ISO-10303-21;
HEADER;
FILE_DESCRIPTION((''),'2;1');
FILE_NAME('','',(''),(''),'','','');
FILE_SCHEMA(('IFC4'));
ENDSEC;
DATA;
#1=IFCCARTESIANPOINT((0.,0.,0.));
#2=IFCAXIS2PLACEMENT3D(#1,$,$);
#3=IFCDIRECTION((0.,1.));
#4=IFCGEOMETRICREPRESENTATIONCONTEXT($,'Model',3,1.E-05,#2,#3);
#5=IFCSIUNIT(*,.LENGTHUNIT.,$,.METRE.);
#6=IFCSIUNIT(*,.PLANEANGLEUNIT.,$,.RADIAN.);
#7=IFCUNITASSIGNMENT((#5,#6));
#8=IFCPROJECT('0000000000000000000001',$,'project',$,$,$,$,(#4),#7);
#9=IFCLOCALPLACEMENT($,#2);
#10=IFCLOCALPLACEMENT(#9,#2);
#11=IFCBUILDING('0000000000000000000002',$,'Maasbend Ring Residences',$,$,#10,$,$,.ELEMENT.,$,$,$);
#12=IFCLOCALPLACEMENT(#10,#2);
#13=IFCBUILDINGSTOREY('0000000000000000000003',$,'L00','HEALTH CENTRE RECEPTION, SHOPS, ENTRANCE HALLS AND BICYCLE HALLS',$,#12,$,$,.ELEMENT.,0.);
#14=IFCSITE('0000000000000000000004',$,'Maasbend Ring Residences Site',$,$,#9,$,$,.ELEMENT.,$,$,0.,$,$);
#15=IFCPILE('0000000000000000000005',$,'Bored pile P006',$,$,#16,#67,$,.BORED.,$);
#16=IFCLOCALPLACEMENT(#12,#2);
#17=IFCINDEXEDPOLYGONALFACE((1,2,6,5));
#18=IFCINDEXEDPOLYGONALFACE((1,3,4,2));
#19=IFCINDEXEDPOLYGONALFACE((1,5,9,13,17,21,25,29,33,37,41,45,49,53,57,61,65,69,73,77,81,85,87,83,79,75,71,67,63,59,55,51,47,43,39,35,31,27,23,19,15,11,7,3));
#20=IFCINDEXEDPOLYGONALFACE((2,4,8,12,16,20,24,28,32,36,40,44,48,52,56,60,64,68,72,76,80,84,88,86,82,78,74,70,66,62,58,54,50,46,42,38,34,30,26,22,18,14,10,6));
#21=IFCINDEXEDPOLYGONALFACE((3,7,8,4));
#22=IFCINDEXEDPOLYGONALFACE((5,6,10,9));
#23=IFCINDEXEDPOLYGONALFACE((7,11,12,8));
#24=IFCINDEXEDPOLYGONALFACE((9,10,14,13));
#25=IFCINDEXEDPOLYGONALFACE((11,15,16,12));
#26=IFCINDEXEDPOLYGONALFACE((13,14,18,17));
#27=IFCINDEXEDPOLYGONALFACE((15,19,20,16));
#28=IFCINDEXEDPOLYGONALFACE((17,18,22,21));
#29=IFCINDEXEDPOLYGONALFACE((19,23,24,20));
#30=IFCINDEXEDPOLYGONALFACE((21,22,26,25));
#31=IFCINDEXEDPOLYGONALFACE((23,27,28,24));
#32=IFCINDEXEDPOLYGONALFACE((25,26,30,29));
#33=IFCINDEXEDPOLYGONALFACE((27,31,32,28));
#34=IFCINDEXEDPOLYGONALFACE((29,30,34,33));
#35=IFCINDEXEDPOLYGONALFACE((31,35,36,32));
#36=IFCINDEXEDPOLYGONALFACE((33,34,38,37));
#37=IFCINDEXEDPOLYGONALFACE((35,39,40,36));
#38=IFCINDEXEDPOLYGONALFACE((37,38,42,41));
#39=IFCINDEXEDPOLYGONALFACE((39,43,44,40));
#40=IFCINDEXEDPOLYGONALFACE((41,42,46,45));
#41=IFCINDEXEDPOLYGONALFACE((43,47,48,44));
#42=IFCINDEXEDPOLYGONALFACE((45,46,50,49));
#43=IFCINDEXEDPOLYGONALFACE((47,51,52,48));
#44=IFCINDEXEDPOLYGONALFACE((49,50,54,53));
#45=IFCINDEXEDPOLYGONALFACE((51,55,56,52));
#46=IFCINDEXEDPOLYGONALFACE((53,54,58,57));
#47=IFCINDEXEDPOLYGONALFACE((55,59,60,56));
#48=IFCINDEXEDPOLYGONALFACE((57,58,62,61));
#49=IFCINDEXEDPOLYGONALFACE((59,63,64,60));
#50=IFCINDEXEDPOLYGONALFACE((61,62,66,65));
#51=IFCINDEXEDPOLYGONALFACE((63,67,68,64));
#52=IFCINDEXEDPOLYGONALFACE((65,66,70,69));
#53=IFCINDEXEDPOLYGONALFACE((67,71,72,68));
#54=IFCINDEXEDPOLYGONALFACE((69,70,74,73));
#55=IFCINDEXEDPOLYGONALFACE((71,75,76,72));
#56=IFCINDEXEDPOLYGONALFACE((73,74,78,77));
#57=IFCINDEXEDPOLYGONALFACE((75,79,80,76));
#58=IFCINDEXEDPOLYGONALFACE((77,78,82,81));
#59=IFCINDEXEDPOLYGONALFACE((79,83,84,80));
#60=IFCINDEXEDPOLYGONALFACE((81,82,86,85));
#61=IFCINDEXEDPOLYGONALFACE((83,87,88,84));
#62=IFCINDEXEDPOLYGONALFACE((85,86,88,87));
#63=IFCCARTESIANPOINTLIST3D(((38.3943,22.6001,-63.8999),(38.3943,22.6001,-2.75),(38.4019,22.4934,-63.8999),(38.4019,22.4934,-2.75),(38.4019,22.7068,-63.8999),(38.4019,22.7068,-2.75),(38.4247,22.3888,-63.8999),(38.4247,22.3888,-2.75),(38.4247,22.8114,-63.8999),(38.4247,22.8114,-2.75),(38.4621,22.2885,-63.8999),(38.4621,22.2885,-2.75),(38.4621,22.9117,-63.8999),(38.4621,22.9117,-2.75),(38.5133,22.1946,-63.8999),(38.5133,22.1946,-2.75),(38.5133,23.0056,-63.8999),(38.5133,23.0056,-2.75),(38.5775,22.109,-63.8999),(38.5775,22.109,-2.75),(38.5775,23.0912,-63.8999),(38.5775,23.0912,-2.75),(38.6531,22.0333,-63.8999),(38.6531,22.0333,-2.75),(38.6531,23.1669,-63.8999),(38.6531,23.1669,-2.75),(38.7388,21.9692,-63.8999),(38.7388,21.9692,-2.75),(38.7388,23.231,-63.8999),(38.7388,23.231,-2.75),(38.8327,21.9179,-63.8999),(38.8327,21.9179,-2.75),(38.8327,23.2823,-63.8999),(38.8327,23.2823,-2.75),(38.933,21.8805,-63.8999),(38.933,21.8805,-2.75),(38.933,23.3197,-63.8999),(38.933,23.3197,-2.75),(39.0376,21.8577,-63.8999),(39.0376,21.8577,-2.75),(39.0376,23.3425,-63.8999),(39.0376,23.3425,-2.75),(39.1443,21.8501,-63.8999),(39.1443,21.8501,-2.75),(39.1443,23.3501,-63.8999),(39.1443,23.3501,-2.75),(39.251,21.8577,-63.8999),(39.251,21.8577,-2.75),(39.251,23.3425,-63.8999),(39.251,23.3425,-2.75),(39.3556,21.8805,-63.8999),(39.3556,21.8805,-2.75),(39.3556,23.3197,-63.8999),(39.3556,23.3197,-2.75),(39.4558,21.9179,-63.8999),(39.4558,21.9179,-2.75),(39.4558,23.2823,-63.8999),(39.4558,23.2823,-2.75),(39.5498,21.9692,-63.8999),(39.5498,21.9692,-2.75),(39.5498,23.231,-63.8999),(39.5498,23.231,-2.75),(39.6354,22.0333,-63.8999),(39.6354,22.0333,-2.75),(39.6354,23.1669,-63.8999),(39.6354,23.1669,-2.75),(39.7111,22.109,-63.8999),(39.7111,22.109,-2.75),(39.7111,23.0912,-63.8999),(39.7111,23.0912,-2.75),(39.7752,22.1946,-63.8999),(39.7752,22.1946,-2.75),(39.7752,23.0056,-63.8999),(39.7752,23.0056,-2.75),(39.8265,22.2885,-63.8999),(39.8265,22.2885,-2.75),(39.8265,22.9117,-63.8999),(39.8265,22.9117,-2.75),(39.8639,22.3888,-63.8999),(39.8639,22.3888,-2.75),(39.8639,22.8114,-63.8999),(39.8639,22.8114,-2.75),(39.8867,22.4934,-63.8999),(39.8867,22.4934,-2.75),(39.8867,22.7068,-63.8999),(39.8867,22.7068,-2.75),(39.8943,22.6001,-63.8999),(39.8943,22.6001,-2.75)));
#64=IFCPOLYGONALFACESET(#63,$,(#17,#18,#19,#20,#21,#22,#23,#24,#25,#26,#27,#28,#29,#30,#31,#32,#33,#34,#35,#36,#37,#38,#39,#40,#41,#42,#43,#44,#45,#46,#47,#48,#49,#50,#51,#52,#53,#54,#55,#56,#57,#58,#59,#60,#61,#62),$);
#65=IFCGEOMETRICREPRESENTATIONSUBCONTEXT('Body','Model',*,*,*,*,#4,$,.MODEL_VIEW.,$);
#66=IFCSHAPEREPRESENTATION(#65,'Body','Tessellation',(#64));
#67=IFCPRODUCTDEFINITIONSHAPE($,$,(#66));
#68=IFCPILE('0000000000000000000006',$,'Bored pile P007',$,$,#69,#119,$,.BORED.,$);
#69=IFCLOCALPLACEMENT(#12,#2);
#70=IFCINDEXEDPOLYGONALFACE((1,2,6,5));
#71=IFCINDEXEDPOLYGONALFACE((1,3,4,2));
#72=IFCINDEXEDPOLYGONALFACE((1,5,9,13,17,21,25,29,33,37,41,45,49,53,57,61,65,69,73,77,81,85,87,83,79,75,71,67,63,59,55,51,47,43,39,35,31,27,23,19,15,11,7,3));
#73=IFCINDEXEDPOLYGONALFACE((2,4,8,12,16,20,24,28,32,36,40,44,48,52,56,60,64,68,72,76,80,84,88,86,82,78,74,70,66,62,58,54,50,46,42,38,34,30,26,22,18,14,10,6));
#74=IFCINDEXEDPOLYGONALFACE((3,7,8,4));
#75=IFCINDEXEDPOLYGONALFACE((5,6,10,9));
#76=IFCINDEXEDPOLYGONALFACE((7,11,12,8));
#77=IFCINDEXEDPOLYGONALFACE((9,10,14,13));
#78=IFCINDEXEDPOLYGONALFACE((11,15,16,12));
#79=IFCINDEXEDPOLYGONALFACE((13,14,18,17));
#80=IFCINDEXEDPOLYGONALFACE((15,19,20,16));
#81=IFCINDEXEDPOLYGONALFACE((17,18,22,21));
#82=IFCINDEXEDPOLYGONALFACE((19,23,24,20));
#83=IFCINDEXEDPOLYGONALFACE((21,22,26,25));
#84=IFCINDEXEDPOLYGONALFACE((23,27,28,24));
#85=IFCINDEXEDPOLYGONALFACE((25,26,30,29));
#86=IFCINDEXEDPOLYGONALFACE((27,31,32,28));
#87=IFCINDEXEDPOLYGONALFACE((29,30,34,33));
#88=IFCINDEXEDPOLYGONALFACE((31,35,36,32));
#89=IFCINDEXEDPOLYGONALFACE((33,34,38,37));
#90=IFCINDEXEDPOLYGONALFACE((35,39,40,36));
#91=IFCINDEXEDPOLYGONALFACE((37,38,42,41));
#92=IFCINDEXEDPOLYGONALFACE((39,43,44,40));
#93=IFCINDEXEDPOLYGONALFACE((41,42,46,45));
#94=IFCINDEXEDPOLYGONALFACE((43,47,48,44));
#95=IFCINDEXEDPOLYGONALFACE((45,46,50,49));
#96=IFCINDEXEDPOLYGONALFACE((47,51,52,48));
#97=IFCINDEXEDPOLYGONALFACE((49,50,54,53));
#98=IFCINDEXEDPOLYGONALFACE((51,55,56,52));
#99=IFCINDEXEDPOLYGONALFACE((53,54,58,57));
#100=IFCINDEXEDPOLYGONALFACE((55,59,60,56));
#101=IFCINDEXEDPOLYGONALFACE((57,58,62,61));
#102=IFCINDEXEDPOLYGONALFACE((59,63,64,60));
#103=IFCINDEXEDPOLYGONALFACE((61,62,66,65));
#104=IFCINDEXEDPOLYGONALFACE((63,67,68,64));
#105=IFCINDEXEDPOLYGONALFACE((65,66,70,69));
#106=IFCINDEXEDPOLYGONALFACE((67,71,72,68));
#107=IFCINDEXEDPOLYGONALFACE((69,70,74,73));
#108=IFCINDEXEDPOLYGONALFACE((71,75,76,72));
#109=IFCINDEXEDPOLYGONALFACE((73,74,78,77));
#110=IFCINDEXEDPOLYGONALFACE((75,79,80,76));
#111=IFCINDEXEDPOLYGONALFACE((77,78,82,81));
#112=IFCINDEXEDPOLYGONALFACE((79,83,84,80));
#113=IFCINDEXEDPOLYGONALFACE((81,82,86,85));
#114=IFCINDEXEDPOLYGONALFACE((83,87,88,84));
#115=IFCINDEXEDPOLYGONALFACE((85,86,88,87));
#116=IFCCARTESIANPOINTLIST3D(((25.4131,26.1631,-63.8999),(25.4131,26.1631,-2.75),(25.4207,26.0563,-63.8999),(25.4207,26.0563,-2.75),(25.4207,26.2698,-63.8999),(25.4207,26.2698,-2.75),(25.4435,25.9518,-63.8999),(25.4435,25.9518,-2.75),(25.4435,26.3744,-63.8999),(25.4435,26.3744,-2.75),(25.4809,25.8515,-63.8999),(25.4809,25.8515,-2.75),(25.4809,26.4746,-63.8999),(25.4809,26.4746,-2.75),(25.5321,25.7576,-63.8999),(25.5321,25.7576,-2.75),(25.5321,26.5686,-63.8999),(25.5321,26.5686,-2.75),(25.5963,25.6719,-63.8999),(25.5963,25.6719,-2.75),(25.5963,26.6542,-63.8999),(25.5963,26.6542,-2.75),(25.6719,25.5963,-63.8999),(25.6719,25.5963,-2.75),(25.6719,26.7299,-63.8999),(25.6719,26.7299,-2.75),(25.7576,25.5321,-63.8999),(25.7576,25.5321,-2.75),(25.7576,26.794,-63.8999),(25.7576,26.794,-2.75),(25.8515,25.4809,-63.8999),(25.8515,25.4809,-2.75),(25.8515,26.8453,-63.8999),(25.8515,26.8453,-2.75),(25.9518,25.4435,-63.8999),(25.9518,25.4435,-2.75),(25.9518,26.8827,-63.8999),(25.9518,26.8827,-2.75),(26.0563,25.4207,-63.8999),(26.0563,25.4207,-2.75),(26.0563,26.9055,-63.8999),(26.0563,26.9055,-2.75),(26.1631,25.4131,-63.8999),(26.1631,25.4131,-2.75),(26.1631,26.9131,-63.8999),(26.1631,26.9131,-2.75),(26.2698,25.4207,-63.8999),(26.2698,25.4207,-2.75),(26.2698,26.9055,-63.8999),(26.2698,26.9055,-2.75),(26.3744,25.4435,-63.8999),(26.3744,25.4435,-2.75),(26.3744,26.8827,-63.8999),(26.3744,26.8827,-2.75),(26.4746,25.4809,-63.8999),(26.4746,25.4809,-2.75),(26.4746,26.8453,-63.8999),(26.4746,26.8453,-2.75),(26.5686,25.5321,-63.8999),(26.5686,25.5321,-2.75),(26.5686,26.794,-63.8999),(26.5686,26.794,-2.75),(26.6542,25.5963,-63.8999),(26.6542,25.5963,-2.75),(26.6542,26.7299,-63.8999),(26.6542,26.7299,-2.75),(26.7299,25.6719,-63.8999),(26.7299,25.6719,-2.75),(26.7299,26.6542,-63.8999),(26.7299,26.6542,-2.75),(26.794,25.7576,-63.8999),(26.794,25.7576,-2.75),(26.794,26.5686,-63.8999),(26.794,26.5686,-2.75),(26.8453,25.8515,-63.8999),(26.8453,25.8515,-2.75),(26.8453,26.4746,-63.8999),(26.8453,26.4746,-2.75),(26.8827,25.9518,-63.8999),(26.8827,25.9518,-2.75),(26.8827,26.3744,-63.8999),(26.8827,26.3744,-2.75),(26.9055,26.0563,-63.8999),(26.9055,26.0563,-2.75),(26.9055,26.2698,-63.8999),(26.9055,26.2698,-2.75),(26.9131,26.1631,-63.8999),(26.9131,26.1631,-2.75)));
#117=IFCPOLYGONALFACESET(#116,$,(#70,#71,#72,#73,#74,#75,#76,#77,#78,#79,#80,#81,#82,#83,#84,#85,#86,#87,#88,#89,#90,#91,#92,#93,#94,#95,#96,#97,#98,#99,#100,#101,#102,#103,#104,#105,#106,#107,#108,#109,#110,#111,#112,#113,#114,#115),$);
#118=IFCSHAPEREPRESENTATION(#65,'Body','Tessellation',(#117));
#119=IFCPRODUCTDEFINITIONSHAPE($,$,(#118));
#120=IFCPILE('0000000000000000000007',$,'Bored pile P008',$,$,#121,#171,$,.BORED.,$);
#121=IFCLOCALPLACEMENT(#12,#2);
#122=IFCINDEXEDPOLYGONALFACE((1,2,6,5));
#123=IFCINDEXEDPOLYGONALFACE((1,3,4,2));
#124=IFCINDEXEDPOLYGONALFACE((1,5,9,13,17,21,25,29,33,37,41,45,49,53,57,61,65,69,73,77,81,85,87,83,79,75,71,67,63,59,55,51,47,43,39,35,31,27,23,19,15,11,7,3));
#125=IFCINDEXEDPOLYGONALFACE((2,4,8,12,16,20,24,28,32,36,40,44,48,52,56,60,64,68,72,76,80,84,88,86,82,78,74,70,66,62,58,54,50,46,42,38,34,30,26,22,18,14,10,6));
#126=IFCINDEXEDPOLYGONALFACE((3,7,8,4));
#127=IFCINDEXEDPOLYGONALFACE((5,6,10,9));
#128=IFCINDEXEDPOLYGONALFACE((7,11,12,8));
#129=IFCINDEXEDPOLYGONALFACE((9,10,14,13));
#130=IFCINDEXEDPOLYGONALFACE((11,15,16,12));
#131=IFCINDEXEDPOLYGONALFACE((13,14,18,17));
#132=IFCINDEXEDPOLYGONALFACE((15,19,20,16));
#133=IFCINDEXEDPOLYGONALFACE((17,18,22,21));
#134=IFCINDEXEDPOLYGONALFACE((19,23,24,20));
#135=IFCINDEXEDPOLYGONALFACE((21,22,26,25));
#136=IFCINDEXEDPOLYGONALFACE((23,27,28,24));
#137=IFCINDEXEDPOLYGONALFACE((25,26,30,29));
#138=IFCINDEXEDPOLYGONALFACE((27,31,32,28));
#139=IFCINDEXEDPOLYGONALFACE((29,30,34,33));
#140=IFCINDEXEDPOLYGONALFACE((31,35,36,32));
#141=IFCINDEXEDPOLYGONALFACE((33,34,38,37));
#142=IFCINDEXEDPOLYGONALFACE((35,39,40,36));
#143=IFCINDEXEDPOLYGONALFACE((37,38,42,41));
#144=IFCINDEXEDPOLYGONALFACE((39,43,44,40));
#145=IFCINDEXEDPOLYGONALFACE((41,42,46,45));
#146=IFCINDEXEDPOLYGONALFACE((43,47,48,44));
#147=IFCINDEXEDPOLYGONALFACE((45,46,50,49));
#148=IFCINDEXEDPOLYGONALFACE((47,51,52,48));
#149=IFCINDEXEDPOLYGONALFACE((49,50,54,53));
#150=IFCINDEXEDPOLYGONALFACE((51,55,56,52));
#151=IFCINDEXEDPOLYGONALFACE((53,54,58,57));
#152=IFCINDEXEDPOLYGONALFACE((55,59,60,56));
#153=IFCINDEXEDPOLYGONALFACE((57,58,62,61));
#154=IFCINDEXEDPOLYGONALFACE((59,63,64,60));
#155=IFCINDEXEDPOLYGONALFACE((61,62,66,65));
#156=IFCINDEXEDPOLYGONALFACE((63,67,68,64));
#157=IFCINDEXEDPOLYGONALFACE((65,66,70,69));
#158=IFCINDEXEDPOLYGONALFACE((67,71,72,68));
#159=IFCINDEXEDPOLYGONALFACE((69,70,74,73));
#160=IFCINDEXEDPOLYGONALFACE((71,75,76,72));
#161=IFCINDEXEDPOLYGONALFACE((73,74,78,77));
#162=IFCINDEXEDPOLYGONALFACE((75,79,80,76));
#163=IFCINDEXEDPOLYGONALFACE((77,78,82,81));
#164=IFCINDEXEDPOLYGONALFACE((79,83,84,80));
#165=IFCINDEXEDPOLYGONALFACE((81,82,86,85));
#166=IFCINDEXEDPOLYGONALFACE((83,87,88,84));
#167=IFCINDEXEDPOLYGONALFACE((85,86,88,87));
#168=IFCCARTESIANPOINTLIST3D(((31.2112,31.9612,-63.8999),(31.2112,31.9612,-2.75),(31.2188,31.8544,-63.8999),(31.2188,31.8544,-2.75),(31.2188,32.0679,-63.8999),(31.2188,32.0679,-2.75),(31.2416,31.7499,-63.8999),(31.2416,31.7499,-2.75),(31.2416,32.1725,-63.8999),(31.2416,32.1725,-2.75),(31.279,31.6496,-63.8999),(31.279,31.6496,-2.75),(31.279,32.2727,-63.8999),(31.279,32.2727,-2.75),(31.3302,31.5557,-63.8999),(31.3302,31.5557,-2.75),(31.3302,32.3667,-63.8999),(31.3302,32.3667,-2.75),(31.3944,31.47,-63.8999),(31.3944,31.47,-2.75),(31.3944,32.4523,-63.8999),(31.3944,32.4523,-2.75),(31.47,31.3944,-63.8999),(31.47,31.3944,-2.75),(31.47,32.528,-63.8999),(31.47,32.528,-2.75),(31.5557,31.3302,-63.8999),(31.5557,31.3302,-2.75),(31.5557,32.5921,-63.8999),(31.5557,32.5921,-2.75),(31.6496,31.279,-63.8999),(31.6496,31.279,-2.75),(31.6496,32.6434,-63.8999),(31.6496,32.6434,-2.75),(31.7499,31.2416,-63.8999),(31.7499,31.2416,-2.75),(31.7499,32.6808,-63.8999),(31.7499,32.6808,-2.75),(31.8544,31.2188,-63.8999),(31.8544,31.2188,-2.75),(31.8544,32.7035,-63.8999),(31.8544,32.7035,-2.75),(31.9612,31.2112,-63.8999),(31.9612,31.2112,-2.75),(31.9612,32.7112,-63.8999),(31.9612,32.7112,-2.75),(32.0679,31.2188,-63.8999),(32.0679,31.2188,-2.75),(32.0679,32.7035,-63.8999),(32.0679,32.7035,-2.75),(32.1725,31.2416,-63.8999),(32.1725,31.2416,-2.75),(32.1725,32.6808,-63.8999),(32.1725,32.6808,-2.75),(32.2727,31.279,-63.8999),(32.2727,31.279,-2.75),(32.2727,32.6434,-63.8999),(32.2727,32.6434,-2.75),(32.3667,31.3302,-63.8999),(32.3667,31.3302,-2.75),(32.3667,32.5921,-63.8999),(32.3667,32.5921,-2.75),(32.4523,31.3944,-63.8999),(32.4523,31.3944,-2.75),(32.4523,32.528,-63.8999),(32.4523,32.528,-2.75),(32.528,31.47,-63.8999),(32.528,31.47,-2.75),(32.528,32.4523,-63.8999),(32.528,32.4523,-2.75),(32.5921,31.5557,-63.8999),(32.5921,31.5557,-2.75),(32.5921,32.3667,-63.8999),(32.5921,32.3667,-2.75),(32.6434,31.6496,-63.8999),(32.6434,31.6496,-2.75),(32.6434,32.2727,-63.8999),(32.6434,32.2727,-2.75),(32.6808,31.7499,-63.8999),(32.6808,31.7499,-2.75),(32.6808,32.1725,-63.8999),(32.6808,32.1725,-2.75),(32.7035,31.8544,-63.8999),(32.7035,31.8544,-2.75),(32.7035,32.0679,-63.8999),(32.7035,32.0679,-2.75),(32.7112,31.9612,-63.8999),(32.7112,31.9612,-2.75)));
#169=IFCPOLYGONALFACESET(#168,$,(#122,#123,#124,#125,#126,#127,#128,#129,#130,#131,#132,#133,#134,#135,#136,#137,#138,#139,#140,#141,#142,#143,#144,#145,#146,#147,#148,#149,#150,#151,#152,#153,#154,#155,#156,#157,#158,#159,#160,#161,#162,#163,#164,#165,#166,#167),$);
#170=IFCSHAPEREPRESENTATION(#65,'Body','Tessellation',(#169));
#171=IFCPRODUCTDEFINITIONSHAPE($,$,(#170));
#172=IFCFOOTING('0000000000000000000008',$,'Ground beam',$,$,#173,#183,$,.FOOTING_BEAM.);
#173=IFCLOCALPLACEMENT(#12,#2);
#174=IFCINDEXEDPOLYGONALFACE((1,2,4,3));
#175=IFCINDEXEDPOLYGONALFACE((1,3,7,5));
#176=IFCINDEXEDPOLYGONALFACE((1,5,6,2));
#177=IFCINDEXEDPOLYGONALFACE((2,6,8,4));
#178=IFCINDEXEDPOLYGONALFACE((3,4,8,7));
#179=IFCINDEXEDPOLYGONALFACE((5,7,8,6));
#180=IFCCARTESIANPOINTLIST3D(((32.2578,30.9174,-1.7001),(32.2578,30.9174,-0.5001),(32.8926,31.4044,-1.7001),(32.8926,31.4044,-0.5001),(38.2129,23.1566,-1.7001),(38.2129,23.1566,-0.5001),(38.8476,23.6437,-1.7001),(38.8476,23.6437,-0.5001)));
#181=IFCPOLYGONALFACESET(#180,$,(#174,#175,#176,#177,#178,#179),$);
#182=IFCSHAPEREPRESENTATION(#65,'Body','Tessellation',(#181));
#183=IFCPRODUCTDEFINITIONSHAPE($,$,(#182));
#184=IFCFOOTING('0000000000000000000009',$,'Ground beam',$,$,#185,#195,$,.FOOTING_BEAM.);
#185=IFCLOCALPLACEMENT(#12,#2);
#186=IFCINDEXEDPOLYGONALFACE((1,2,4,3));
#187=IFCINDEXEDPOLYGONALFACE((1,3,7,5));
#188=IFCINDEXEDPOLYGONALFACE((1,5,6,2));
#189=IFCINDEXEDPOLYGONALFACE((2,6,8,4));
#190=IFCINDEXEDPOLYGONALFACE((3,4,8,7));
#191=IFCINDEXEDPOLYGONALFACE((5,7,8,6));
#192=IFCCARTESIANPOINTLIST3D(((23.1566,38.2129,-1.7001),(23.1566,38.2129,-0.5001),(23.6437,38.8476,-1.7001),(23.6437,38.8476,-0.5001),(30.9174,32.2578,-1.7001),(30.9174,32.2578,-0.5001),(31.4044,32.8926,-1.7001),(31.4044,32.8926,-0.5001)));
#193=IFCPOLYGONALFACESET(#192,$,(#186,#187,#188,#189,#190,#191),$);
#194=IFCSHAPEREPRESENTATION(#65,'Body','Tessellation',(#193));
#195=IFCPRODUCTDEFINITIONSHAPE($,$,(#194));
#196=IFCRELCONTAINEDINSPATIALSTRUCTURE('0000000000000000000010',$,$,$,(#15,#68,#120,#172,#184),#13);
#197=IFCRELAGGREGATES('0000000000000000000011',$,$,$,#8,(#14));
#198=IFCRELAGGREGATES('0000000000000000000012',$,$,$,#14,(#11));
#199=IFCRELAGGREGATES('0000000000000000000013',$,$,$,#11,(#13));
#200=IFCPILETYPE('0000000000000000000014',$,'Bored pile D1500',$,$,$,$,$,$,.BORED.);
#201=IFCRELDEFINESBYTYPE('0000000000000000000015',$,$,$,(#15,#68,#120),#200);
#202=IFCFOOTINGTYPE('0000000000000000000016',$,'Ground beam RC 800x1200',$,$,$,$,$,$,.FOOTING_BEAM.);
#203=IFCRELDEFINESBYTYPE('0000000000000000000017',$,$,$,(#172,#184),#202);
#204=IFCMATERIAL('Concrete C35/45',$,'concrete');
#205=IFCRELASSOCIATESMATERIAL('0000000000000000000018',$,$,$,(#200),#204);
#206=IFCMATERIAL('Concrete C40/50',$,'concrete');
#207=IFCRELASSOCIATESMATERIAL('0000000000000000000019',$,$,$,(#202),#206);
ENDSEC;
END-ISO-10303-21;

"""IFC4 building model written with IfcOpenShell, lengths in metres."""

from ifc_helpers import new_model, si_unit, direction, frame, origin, origin_2d, place, context, subcontext, project, spatial, rectangle, circle, extrude, material, material_profile, profile_set, type_object, element, save


model = new_model("IFC4")

# Units and contexts
model_context = context("Model", 3, precision=1e-05, world=origin(), true_north=direction((0.0, 1.0)))
body_context = subcontext(model_context, "Body", "Model", "MODEL_VIEW")
ifc_project = project(units=[si_unit("LENGTHUNIT", "METRE"), si_unit("PLANEANGLEUNIT", "RADIAN")], contexts=[model_context])

# Site, building, storey
site_placement = place(None, origin())
site = spatial("IfcSite", under=ifc_project, at=site_placement, Name="Maasbend Ring Residences Site", CompositionType="ELEMENT", RefElevation=0.0)
building_placement = place(site_placement, origin())
building = spatial("IfcBuilding", under=site, at=building_placement, Name="Maasbend Ring Residences", CompositionType="ELEMENT")
storey_placement = place(building_placement, origin())
storey = spatial("IfcBuildingStorey", under=building, at=storey_placement, Name="L00", Description="HEALTH CENTRE RECEPTION, SHOPS, ENTRANCE HALLS AND BICYCLE HALLS", CompositionType="ELEMENT", Elevation=0.0)

# Piles
ifc_material_1 = material(Name="Concrete C35/45", Category="concrete")
ifc_material_profile_1 = material_profile(ifc_material_1, circle(Radius=0.75, at=origin_2d()), Name="Bored pile D1500")
ifc_profile_set_1 = profile_set([ifc_material_profile_1], Name="Concrete C35/45")
pile_type = type_object("IfcPileType", Name="Bored pile D1500", PredefinedType="BORED", material=ifc_profile_set_1)
for number, where, z_axis, x_axis, name in (
    (1, (39.1443, 22.6001, -2.75), (0.0, 0.0, -1.0), (1.0, 0.0, 0.0), "Bored pile P006"),
    (2, (26.1631, 26.1631, -2.75), (0.0, 0.0, -1.0), (1.0, 0.0, 0.0), "Bored pile P007"),
    (3, (31.9612, 31.9612, -2.75), (0.0, 0.0, -1.0), (1.0, 0.0, 0.0), "Bored pile P008"),
):
    element("IfcPile", number, at=place(storey_placement, frame(where, z_axis=z_axis, x_axis=x_axis)), inside=storey, type_object=pile_type, Name=name, PredefinedType="BORED", context=body_context, shape_type="SweptSolid", body=[
        extrude(circle(Radius=0.75, at=origin_2d()), origin(), (0.0, 0.0, 1.0), 61.1499),
    ])

# Footings
ifc_material_2 = material(Name="Concrete C40/50", Category="concrete")
ifc_material_profile_2 = material_profile(ifc_material_2, rectangle(XDim=0.8, YDim=1.2, at=origin_2d()), Name="Ground beam RC 800x1200")
ifc_profile_set_2 = profile_set([ifc_material_profile_2], Name="Concrete C40/50")
footing_type = type_object("IfcFootingType", Name="Ground beam RC 800x1200", PredefinedType="FOOTING_BEAM", material=ifc_profile_set_2)
for number, where, z_axis, x_axis, name in (
    (4, (38.5303, 23.4001, -1.1001), (-0.608765, 0.793351, 0.0), (-0.793351, -0.608765, 0.0), "Ground beam"),
    (5, (31.1609, 32.5752, -1.1001), (-0.793351, 0.608765, 0.0), (-0.608765, -0.793351, 0.0), "Ground beam"),
):
    element("IfcFooting", number, at=place(storey_placement, frame(where, z_axis=z_axis, x_axis=x_axis)), inside=storey, type_object=footing_type, Name=name, PredefinedType="FOOTING_BEAM", context=body_context, shape_type="SweptSolid", body=[
        extrude(rectangle(XDim=0.8, YDim=1.2, at=origin_2d()), origin(), (0.0, 0.0, 1.0), 9.7822),
    ])

save(model, "model.ifc")
